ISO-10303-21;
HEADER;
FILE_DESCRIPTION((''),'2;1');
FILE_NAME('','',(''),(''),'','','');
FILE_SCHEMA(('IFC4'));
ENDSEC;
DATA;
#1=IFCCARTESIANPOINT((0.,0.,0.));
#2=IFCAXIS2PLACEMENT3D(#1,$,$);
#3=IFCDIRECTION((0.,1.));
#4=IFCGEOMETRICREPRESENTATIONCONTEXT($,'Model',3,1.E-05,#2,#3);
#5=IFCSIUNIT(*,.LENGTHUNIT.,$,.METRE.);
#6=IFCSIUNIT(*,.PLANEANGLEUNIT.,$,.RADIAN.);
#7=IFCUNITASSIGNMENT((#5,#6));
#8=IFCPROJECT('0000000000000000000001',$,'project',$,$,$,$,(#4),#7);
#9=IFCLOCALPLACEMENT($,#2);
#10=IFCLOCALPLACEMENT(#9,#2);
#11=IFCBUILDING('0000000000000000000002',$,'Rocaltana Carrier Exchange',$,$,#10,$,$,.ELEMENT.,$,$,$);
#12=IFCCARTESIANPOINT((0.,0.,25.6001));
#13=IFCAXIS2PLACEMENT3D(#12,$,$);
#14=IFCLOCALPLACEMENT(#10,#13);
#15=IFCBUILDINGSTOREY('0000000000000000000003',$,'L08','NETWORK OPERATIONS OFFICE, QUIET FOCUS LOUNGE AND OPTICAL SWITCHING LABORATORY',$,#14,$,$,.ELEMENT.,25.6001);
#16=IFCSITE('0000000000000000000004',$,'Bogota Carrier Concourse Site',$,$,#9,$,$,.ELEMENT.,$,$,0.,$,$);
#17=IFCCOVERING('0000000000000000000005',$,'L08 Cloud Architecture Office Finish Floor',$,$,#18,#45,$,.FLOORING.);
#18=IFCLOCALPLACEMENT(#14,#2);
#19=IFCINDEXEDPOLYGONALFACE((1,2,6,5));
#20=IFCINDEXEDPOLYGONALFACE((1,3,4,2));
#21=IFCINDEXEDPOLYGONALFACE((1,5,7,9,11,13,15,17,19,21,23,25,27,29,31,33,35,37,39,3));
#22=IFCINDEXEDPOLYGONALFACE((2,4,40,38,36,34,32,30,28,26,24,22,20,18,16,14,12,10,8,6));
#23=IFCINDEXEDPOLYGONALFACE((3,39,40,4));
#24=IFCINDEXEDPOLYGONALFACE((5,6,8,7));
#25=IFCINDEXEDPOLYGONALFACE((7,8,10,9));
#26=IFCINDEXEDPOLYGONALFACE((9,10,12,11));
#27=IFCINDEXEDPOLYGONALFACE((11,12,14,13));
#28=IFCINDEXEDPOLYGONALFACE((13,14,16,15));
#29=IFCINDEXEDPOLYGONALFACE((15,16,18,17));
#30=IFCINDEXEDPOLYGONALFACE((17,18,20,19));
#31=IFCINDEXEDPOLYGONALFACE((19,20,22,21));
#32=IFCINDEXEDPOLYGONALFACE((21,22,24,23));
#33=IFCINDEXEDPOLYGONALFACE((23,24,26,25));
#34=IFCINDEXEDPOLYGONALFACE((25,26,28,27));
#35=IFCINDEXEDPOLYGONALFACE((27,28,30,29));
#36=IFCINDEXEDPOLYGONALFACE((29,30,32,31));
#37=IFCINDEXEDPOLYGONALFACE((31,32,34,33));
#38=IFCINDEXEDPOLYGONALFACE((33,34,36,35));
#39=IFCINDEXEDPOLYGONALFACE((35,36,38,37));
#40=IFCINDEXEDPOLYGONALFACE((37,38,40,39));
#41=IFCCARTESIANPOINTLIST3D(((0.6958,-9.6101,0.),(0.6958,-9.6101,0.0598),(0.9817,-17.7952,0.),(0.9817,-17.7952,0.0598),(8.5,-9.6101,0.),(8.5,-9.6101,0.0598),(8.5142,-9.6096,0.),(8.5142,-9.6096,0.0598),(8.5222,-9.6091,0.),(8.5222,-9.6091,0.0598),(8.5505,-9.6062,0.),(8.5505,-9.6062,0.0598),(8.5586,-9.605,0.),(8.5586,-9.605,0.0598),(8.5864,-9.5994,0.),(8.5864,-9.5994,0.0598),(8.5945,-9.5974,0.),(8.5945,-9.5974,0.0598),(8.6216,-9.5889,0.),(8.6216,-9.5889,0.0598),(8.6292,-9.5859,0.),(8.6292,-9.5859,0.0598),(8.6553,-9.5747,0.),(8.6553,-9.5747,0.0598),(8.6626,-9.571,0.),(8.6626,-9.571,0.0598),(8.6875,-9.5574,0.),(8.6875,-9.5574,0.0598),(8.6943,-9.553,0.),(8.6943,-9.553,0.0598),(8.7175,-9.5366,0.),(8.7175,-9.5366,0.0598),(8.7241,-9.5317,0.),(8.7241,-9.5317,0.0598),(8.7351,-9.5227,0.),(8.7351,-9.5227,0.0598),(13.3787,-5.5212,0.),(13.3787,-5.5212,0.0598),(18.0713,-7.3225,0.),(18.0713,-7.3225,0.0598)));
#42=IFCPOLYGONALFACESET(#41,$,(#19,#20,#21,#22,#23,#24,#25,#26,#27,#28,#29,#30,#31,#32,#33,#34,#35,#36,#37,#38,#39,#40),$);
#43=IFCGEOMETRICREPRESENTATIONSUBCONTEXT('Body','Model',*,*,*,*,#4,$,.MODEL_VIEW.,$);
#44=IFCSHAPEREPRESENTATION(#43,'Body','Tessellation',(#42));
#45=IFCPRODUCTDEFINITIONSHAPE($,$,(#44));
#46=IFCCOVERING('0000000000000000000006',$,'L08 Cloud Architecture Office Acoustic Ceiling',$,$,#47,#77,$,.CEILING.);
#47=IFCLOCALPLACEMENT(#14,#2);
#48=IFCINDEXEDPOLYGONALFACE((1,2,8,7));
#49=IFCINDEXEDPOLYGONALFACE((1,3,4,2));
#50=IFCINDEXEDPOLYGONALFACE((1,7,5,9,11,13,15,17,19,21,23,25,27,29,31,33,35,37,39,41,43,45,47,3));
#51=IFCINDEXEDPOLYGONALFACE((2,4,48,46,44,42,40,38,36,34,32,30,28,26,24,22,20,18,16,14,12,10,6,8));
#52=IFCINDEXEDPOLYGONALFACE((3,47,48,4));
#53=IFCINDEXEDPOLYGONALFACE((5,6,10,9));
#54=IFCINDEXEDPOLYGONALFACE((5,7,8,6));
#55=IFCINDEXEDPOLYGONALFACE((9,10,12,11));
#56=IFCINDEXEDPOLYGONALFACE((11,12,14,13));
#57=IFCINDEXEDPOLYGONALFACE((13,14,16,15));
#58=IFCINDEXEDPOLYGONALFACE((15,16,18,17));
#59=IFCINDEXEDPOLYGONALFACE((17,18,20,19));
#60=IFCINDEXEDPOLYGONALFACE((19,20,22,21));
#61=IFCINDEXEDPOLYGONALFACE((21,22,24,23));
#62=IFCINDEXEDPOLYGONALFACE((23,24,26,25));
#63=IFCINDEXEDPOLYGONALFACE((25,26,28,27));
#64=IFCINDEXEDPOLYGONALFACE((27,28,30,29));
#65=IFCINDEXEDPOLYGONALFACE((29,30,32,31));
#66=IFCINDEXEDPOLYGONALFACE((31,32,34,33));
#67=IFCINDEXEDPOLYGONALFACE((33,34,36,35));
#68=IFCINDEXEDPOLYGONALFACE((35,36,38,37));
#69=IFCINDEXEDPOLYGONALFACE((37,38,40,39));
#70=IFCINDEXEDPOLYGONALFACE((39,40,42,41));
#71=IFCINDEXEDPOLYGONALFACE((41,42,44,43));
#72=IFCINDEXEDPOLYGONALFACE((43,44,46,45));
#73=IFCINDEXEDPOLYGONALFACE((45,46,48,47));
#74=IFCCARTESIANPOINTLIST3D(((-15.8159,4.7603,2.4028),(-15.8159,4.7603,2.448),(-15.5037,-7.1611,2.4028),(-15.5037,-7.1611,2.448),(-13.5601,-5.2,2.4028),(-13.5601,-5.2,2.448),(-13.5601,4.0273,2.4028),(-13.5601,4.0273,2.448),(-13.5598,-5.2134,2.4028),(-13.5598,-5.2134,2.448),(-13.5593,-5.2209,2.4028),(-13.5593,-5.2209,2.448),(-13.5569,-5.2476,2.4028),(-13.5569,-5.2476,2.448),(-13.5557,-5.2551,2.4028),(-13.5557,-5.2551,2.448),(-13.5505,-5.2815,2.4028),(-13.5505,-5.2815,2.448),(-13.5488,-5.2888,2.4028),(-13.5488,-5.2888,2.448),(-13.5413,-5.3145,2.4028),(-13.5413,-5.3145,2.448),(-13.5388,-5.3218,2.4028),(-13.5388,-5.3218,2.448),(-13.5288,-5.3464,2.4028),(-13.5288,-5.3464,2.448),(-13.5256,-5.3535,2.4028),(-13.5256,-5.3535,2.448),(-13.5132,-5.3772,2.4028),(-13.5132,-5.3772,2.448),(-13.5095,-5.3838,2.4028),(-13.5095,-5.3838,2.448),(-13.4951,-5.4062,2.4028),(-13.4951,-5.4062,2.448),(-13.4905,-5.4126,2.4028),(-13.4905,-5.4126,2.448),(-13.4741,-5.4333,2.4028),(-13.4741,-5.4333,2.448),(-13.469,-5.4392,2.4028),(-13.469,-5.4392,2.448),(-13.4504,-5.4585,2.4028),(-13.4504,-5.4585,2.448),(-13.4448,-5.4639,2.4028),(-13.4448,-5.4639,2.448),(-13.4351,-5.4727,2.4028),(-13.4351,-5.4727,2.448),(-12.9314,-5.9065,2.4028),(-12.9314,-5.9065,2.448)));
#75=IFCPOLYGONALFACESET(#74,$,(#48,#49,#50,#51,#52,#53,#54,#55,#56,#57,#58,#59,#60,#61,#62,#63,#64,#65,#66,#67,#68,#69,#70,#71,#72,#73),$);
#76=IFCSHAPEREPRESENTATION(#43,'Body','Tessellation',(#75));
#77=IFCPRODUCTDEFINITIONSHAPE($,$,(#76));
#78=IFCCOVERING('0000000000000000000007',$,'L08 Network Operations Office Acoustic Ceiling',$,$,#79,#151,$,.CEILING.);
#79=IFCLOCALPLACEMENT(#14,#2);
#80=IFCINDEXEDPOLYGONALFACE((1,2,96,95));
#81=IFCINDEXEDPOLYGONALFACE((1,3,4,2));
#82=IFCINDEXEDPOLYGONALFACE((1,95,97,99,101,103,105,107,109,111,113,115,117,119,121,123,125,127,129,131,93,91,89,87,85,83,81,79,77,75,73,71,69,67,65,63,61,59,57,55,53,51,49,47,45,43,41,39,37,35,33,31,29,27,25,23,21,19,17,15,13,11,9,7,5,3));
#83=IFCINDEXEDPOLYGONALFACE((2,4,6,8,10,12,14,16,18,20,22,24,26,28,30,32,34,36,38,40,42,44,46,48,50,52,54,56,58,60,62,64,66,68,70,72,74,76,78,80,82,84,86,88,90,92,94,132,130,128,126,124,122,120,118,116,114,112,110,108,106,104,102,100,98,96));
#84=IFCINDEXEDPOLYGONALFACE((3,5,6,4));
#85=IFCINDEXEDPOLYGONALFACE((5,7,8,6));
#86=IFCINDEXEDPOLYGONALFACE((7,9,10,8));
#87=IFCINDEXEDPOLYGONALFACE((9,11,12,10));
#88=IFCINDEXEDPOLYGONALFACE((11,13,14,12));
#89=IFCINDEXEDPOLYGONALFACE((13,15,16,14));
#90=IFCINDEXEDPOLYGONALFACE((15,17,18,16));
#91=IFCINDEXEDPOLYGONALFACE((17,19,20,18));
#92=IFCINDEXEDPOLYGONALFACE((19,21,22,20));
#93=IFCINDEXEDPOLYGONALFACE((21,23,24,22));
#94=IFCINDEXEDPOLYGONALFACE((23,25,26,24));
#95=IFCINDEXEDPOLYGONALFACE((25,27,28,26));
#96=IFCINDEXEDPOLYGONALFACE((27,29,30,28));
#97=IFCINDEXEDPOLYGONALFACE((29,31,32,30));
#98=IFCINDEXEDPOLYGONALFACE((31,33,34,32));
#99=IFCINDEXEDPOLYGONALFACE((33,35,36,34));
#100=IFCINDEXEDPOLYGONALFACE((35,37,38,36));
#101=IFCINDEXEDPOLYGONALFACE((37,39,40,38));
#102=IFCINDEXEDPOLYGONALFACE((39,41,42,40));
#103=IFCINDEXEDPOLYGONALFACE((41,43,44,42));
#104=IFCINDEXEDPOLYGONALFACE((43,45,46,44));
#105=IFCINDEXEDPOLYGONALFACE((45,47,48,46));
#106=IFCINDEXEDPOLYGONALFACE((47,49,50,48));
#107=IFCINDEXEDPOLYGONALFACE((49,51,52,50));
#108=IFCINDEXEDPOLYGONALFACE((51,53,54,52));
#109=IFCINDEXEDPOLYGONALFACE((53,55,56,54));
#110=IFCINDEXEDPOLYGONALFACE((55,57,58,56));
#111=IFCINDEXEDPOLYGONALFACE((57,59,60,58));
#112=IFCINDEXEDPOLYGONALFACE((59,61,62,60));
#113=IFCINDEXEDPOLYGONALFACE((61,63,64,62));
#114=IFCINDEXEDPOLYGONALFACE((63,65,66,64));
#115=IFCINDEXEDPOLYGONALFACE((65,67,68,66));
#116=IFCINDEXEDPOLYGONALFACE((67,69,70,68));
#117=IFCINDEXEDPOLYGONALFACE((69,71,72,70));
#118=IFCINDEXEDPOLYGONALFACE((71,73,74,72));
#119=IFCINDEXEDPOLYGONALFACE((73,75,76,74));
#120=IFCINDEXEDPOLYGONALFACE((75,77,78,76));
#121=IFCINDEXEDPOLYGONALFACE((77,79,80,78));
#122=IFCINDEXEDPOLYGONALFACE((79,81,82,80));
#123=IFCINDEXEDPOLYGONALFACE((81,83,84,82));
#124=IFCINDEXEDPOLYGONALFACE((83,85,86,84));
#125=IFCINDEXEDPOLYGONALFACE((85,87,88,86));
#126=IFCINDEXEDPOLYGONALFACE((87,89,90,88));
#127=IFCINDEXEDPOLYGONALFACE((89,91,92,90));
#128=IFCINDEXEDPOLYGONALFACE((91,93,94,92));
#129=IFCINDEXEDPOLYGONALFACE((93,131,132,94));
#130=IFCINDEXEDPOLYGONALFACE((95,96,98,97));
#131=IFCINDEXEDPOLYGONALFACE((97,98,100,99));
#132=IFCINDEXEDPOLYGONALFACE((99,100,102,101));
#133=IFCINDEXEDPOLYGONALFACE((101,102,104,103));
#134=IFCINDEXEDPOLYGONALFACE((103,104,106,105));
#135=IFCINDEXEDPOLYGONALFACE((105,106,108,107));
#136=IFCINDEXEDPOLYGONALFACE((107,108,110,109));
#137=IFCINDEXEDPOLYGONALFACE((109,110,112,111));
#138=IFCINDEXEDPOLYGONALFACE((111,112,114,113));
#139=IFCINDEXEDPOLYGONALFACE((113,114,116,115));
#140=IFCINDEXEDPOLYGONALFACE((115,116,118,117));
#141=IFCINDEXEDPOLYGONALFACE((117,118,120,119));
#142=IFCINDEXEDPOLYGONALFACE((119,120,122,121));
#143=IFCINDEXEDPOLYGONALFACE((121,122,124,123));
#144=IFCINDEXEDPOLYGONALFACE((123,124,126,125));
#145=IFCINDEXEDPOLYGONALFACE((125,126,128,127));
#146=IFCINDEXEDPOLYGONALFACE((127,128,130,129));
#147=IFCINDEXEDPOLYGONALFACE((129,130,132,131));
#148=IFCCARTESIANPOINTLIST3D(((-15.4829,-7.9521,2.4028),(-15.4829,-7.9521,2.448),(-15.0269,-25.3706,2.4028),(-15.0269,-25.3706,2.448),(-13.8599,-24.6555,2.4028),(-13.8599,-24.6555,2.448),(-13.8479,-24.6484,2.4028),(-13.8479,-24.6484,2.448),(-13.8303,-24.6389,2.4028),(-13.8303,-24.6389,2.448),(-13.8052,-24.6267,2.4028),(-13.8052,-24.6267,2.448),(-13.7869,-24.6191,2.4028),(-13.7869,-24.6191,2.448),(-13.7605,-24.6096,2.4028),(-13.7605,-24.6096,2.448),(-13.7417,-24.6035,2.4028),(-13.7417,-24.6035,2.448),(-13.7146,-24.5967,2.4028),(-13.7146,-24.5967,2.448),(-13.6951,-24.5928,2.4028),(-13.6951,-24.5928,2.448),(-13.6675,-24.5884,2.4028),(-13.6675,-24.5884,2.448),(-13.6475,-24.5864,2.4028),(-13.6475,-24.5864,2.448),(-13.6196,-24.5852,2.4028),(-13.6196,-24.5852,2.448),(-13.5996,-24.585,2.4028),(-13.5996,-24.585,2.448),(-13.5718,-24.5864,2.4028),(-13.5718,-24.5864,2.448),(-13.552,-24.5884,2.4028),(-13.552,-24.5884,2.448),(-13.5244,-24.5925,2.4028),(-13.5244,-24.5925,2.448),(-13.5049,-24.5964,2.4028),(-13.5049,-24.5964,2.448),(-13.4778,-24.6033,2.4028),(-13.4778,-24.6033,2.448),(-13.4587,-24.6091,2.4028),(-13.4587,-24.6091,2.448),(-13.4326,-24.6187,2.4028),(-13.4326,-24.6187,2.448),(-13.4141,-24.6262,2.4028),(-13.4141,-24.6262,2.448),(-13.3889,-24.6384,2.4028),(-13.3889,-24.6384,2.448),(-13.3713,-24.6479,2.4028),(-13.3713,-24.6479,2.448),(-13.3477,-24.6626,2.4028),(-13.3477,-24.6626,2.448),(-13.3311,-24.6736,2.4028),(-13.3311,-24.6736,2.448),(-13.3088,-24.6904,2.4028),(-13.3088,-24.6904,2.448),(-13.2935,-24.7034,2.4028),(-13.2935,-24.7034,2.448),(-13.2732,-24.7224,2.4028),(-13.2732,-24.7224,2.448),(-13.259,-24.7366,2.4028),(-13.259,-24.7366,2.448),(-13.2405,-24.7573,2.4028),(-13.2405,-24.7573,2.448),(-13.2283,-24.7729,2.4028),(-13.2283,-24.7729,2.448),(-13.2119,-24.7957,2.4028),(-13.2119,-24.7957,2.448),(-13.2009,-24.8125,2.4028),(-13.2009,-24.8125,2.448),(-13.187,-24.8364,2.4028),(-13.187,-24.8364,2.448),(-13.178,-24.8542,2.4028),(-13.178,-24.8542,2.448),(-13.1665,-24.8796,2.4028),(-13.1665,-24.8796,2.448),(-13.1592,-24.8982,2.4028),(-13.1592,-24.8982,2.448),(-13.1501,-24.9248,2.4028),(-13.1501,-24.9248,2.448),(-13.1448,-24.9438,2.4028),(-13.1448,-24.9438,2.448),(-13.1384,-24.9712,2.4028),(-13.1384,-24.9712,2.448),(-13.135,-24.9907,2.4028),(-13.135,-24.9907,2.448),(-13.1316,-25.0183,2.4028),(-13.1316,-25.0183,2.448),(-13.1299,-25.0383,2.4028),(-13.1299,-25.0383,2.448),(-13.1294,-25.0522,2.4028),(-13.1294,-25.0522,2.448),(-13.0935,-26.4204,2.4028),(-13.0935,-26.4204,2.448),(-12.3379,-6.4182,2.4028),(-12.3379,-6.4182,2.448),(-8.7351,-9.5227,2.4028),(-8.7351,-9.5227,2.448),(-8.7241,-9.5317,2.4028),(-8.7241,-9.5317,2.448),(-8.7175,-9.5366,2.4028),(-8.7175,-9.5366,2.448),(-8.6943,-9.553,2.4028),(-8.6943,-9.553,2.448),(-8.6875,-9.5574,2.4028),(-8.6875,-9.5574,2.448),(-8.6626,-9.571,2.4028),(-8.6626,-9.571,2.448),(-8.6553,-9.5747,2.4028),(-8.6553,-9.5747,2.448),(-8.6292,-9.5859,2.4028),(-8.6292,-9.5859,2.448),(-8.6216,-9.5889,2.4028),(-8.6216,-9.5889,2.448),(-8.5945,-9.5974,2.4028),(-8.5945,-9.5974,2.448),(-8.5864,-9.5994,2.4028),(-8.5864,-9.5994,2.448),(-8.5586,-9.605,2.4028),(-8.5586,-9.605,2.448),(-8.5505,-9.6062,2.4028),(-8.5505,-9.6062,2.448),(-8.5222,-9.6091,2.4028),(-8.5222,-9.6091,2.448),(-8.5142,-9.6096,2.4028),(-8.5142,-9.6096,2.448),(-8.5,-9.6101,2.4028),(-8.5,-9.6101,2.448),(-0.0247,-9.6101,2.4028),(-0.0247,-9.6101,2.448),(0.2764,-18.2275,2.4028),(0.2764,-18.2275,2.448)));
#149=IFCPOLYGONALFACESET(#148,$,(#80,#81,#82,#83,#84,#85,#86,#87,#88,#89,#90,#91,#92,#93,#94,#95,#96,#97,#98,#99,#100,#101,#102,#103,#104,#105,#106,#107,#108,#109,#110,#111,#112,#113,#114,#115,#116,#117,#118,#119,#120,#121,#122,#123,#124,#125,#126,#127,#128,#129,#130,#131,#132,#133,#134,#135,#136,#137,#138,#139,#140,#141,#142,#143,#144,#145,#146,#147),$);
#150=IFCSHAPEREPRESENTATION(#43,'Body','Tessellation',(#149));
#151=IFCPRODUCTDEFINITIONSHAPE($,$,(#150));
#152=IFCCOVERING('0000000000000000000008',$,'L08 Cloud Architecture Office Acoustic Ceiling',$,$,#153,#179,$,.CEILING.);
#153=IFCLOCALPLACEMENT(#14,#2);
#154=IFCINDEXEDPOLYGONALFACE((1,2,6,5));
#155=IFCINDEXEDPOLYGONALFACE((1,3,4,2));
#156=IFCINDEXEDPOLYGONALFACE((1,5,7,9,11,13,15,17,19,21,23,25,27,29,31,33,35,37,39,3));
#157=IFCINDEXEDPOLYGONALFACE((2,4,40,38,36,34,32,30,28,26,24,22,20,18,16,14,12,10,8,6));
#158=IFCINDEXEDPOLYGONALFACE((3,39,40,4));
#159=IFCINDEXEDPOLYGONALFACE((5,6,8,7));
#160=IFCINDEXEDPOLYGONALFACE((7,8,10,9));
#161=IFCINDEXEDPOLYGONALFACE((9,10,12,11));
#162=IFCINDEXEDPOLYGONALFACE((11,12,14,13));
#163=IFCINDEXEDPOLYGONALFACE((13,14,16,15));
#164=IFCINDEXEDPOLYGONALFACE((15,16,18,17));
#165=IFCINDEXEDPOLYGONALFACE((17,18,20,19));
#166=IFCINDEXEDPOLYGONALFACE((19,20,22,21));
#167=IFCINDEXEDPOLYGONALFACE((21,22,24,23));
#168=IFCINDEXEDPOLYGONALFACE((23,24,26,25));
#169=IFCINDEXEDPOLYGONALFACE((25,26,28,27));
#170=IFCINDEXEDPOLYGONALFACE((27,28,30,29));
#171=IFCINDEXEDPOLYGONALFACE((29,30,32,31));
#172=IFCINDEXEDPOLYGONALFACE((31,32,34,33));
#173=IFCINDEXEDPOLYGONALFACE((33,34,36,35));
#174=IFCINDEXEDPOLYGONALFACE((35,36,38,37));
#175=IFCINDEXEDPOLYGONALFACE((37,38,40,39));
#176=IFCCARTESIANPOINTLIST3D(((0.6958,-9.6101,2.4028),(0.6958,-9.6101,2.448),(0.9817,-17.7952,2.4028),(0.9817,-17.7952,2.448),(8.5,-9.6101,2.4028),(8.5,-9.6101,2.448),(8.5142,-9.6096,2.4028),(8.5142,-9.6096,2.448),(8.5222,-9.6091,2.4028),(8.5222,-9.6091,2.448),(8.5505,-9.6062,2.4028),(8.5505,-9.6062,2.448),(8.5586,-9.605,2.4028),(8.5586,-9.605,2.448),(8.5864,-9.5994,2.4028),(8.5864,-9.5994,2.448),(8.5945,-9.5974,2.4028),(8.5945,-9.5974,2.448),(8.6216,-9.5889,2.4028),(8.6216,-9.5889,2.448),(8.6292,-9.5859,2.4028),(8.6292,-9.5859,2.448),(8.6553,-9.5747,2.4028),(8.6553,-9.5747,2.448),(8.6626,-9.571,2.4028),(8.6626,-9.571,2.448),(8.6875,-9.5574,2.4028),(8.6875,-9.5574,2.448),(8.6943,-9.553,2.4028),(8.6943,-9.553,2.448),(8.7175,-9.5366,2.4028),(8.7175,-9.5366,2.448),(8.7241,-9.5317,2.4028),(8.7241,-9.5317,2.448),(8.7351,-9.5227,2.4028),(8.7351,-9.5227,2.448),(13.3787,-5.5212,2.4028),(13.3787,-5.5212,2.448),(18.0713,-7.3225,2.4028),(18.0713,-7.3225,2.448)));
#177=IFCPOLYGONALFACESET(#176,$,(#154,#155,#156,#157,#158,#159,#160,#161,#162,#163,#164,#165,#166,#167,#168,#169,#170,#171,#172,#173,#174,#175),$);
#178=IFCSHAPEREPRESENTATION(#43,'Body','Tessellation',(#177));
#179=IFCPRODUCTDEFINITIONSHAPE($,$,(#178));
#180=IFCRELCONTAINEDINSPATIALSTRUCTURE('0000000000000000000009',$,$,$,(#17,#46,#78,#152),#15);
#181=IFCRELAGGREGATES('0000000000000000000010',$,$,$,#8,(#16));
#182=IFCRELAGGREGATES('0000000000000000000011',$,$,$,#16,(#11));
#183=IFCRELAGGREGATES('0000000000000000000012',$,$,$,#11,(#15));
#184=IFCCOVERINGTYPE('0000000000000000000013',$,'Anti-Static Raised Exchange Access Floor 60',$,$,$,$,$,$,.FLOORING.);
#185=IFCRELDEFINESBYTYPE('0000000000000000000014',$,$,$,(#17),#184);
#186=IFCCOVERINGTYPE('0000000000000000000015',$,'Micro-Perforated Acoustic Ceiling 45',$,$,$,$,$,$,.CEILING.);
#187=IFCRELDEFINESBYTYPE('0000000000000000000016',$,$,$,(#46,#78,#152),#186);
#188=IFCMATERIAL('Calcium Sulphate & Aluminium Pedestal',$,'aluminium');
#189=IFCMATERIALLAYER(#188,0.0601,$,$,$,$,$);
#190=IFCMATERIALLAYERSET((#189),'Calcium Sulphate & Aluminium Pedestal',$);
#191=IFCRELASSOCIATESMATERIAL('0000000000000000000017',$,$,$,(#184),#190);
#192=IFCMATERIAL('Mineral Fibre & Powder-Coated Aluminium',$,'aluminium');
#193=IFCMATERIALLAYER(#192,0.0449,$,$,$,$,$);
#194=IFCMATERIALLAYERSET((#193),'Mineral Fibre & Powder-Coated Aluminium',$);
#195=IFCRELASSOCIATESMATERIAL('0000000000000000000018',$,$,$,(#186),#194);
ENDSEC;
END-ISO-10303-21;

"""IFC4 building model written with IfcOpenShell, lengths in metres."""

from ifc_helpers import new_model, si_unit, direction, frame, origin, place, context, subcontext, project, spatial, polyline, outline, extrude, material, layer, layer_set, type_object, element, save


model = new_model("IFC4")

# Units and contexts
model_context = context("Model", 3, precision=1e-05, world=origin(), true_north=direction((0.0, 1.0)))
body_context = subcontext(model_context, "Body", "Model", "MODEL_VIEW")
ifc_project = project(units=[si_unit("LENGTHUNIT", "METRE"), si_unit("PLANEANGLEUNIT", "RADIAN")], contexts=[model_context])

# Site, building, storey
site_placement = place(None, origin())
site = spatial("IfcSite", under=ifc_project, at=site_placement, Name="Bogota Carrier Concourse Site", CompositionType="ELEMENT", RefElevation=0.0)
building_placement = place(site_placement, origin())
building = spatial("IfcBuilding", under=site, at=building_placement, Name="Rocaltana Carrier Exchange", CompositionType="ELEMENT")
storey_placement = place(building_placement, frame((0.0, 0.0, 25.6001)))
storey = spatial("IfcBuildingStorey", under=building, at=storey_placement, Name="L08", Description="NETWORK OPERATIONS OFFICE, QUIET FOCUS LOUNGE AND OPTICAL SWITCHING LABORATORY", CompositionType="ELEMENT", Elevation=25.6001)

# Coverings
ifc_material_1 = material(Name="Calcium Sulphate & Aluminium Pedestal", Category="aluminium")
ifc_layer_1 = layer(ifc_material_1, 0.0601)
ifc_layer_set_1 = layer_set([ifc_layer_1], Name="Calcium Sulphate & Aluminium Pedestal")
covering_type_1 = type_object("IfcCoveringType", Name="Anti-Static Raised Exchange Access Floor 60", PredefinedType="FLOORING", material=ifc_layer_set_1)
covering_1_placement = place(storey_placement, origin())
element("IfcCovering", 1, at=covering_1_placement, inside=storey, type_object=covering_type_1, Name="L08 Cloud Architecture Office Finish Floor", PredefinedType="FLOORING", context=body_context, shape_type="SweptSolid", body=[
    extrude(outline(polyline([(0.9817, -17.7952), (0.6958, -9.6101), (8.5, -9.6101), (8.5142, -9.6096), (8.5222, -9.6091), (8.5505, -9.6062), (8.5586, -9.605), (8.5864, -9.5994), (8.5945, -9.5974), (8.6216, -9.5889), (8.6292, -9.5859), (8.6553, -9.5747), (8.6626, -9.571), (8.6875, -9.5574), (8.6943, -9.553), (8.7175, -9.5366), (8.7241, -9.5317), (8.7351, -9.5227), (13.3787, -5.5212), (18.0713, -7.3225), (0.9817, -17.7952)])), origin(), (0.0, 0.0, 1.0), 0.0598),
])
ifc_material_2 = material(Name="Mineral Fibre & Powder-Coated Aluminium", Category="aluminium")
ifc_layer_2 = layer(ifc_material_2, 0.0449)
ifc_layer_set_2 = layer_set([ifc_layer_2], Name="Mineral Fibre & Powder-Coated Aluminium")
covering_type_2 = type_object("IfcCoveringType", Name="Micro-Perforated Acoustic Ceiling 45", PredefinedType="CEILING", material=ifc_layer_set_2)
covering_2_placement = place(storey_placement, frame((0.0, 0.0, 2.4028)))
element("IfcCovering", 2, at=covering_2_placement, inside=storey, type_object=covering_type_2, Name="L08 Cloud Architecture Office Acoustic Ceiling", PredefinedType="CEILING", context=body_context, shape_type="SweptSolid", body=[
    extrude(outline(polyline([(-15.8159, 4.7603), (-13.5601, 4.0273), (-13.5601, -5.2), (-13.5598, -5.2134), (-13.5593, -5.2209), (-13.5569, -5.2476), (-13.5557, -5.2551), (-13.5505, -5.2815), (-13.5488, -5.2888), (-13.5413, -5.3145), (-13.5388, -5.3218), (-13.5288, -5.3464), (-13.5256, -5.3535), (-13.5132, -5.3772), (-13.5095, -5.3838), (-13.4951, -5.4062), (-13.4905, -5.4126), (-13.4741, -5.4333), (-13.469, -5.4392), (-13.4504, -5.4585), (-13.4448, -5.4639), (-13.4351, -5.4727), (-12.9314, -5.9065), (-15.5037, -7.1611), (-15.8159, 4.7603)])), origin(), (0.0, 0.0, 1.0), 0.0452),
])
covering_3_placement = place(storey_placement, frame((0.0, 0.0, 2.4028)))
element("IfcCovering", 3, at=covering_3_placement, inside=storey, type_object=covering_type_2, Name="L08 Network Operations Office Acoustic Ceiling", PredefinedType="CEILING", context=body_context, shape_type="SweptSolid", body=[
    extrude(outline(polyline([(-13.1294, -25.0522), (-13.1299, -25.0383), (-13.1316, -25.0183), (-13.135, -24.9907), (-13.1384, -24.9712), (-13.1448, -24.9438), (-13.1501, -24.9248), (-13.1592, -24.8982), (-13.1665, -24.8796), (-13.178, -24.8542), (-13.187, -24.8364), (-13.2009, -24.8125), (-13.2119, -24.7957), (-13.2283, -24.7729), (-13.2405, -24.7573), (-13.259, -24.7366), (-13.2732, -24.7224), (-13.2935, -24.7034), (-13.3088, -24.6904), (-13.3311, -24.6736), (-13.3477, -24.6626), (-13.3713, -24.6479), (-13.3889, -24.6384), (-13.4141, -24.6262), (-13.4326, -24.6187), (-13.4587, -24.6091), (-13.4778, -24.6033), (-13.5049, -24.5964), (-13.5244, -24.5925), (-13.552, -24.5884), (-13.5718, -24.5864), (-13.5996, -24.585), (-13.6196, -24.5852), (-13.6475, -24.5864), (-13.6675, -24.5884), (-13.6951, -24.5928), (-13.7146, -24.5967), (-13.7417, -24.6035), (-13.7605, -24.6096), (-13.7869, -24.6191), (-13.8052, -24.6267), (-13.8303, -24.6389), (-13.8479, -24.6484), (-13.8599, -24.6555), (-15.0269, -25.3706), (-15.4829, -7.9521), (-12.3379, -6.4182), (-8.7351, -9.5227), (-8.7241, -9.5317), (-8.7175, -9.5366), (-8.6943, -9.553), (-8.6875, -9.5574), (-8.6626, -9.571), (-8.6553, -9.5747), (-8.6292, -9.5859), (-8.6216, -9.5889), (-8.5945, -9.5974), (-8.5864, -9.5994), (-8.5586, -9.605), (-8.5505, -9.6062), (-8.5222, -9.6091), (-8.5142, -9.6096), (-8.5, -9.6101), (-0.0247, -9.6101), (0.2764, -18.2275), (-13.0935, -26.4204), (-13.1294, -25.0522)])), origin(), (0.0, 0.0, 1.0), 0.0452),
])
covering_4_placement = place(storey_placement, frame((0.0, 0.0, 2.4028)))
element("IfcCovering", 4, at=covering_4_placement, inside=storey, type_object=covering_type_2, Name="L08 Cloud Architecture Office Acoustic Ceiling", PredefinedType="CEILING", context=body_context, shape_type="SweptSolid", body=[
    extrude(outline(polyline([(0.9817, -17.7952), (0.6958, -9.6101), (8.5, -9.6101), (8.5142, -9.6096), (8.5222, -9.6091), (8.5505, -9.6062), (8.5586, -9.605), (8.5864, -9.5994), (8.5945, -9.5974), (8.6216, -9.5889), (8.6292, -9.5859), (8.6553, -9.5747), (8.6626, -9.571), (8.6875, -9.5574), (8.6943, -9.553), (8.7175, -9.5366), (8.7241, -9.5317), (8.7351, -9.5227), (13.3787, -5.5212), (18.0713, -7.3225), (0.9817, -17.7952)])), origin(), (0.0, 0.0, 1.0), 0.0452),
])

save(model, "model.ifc")
